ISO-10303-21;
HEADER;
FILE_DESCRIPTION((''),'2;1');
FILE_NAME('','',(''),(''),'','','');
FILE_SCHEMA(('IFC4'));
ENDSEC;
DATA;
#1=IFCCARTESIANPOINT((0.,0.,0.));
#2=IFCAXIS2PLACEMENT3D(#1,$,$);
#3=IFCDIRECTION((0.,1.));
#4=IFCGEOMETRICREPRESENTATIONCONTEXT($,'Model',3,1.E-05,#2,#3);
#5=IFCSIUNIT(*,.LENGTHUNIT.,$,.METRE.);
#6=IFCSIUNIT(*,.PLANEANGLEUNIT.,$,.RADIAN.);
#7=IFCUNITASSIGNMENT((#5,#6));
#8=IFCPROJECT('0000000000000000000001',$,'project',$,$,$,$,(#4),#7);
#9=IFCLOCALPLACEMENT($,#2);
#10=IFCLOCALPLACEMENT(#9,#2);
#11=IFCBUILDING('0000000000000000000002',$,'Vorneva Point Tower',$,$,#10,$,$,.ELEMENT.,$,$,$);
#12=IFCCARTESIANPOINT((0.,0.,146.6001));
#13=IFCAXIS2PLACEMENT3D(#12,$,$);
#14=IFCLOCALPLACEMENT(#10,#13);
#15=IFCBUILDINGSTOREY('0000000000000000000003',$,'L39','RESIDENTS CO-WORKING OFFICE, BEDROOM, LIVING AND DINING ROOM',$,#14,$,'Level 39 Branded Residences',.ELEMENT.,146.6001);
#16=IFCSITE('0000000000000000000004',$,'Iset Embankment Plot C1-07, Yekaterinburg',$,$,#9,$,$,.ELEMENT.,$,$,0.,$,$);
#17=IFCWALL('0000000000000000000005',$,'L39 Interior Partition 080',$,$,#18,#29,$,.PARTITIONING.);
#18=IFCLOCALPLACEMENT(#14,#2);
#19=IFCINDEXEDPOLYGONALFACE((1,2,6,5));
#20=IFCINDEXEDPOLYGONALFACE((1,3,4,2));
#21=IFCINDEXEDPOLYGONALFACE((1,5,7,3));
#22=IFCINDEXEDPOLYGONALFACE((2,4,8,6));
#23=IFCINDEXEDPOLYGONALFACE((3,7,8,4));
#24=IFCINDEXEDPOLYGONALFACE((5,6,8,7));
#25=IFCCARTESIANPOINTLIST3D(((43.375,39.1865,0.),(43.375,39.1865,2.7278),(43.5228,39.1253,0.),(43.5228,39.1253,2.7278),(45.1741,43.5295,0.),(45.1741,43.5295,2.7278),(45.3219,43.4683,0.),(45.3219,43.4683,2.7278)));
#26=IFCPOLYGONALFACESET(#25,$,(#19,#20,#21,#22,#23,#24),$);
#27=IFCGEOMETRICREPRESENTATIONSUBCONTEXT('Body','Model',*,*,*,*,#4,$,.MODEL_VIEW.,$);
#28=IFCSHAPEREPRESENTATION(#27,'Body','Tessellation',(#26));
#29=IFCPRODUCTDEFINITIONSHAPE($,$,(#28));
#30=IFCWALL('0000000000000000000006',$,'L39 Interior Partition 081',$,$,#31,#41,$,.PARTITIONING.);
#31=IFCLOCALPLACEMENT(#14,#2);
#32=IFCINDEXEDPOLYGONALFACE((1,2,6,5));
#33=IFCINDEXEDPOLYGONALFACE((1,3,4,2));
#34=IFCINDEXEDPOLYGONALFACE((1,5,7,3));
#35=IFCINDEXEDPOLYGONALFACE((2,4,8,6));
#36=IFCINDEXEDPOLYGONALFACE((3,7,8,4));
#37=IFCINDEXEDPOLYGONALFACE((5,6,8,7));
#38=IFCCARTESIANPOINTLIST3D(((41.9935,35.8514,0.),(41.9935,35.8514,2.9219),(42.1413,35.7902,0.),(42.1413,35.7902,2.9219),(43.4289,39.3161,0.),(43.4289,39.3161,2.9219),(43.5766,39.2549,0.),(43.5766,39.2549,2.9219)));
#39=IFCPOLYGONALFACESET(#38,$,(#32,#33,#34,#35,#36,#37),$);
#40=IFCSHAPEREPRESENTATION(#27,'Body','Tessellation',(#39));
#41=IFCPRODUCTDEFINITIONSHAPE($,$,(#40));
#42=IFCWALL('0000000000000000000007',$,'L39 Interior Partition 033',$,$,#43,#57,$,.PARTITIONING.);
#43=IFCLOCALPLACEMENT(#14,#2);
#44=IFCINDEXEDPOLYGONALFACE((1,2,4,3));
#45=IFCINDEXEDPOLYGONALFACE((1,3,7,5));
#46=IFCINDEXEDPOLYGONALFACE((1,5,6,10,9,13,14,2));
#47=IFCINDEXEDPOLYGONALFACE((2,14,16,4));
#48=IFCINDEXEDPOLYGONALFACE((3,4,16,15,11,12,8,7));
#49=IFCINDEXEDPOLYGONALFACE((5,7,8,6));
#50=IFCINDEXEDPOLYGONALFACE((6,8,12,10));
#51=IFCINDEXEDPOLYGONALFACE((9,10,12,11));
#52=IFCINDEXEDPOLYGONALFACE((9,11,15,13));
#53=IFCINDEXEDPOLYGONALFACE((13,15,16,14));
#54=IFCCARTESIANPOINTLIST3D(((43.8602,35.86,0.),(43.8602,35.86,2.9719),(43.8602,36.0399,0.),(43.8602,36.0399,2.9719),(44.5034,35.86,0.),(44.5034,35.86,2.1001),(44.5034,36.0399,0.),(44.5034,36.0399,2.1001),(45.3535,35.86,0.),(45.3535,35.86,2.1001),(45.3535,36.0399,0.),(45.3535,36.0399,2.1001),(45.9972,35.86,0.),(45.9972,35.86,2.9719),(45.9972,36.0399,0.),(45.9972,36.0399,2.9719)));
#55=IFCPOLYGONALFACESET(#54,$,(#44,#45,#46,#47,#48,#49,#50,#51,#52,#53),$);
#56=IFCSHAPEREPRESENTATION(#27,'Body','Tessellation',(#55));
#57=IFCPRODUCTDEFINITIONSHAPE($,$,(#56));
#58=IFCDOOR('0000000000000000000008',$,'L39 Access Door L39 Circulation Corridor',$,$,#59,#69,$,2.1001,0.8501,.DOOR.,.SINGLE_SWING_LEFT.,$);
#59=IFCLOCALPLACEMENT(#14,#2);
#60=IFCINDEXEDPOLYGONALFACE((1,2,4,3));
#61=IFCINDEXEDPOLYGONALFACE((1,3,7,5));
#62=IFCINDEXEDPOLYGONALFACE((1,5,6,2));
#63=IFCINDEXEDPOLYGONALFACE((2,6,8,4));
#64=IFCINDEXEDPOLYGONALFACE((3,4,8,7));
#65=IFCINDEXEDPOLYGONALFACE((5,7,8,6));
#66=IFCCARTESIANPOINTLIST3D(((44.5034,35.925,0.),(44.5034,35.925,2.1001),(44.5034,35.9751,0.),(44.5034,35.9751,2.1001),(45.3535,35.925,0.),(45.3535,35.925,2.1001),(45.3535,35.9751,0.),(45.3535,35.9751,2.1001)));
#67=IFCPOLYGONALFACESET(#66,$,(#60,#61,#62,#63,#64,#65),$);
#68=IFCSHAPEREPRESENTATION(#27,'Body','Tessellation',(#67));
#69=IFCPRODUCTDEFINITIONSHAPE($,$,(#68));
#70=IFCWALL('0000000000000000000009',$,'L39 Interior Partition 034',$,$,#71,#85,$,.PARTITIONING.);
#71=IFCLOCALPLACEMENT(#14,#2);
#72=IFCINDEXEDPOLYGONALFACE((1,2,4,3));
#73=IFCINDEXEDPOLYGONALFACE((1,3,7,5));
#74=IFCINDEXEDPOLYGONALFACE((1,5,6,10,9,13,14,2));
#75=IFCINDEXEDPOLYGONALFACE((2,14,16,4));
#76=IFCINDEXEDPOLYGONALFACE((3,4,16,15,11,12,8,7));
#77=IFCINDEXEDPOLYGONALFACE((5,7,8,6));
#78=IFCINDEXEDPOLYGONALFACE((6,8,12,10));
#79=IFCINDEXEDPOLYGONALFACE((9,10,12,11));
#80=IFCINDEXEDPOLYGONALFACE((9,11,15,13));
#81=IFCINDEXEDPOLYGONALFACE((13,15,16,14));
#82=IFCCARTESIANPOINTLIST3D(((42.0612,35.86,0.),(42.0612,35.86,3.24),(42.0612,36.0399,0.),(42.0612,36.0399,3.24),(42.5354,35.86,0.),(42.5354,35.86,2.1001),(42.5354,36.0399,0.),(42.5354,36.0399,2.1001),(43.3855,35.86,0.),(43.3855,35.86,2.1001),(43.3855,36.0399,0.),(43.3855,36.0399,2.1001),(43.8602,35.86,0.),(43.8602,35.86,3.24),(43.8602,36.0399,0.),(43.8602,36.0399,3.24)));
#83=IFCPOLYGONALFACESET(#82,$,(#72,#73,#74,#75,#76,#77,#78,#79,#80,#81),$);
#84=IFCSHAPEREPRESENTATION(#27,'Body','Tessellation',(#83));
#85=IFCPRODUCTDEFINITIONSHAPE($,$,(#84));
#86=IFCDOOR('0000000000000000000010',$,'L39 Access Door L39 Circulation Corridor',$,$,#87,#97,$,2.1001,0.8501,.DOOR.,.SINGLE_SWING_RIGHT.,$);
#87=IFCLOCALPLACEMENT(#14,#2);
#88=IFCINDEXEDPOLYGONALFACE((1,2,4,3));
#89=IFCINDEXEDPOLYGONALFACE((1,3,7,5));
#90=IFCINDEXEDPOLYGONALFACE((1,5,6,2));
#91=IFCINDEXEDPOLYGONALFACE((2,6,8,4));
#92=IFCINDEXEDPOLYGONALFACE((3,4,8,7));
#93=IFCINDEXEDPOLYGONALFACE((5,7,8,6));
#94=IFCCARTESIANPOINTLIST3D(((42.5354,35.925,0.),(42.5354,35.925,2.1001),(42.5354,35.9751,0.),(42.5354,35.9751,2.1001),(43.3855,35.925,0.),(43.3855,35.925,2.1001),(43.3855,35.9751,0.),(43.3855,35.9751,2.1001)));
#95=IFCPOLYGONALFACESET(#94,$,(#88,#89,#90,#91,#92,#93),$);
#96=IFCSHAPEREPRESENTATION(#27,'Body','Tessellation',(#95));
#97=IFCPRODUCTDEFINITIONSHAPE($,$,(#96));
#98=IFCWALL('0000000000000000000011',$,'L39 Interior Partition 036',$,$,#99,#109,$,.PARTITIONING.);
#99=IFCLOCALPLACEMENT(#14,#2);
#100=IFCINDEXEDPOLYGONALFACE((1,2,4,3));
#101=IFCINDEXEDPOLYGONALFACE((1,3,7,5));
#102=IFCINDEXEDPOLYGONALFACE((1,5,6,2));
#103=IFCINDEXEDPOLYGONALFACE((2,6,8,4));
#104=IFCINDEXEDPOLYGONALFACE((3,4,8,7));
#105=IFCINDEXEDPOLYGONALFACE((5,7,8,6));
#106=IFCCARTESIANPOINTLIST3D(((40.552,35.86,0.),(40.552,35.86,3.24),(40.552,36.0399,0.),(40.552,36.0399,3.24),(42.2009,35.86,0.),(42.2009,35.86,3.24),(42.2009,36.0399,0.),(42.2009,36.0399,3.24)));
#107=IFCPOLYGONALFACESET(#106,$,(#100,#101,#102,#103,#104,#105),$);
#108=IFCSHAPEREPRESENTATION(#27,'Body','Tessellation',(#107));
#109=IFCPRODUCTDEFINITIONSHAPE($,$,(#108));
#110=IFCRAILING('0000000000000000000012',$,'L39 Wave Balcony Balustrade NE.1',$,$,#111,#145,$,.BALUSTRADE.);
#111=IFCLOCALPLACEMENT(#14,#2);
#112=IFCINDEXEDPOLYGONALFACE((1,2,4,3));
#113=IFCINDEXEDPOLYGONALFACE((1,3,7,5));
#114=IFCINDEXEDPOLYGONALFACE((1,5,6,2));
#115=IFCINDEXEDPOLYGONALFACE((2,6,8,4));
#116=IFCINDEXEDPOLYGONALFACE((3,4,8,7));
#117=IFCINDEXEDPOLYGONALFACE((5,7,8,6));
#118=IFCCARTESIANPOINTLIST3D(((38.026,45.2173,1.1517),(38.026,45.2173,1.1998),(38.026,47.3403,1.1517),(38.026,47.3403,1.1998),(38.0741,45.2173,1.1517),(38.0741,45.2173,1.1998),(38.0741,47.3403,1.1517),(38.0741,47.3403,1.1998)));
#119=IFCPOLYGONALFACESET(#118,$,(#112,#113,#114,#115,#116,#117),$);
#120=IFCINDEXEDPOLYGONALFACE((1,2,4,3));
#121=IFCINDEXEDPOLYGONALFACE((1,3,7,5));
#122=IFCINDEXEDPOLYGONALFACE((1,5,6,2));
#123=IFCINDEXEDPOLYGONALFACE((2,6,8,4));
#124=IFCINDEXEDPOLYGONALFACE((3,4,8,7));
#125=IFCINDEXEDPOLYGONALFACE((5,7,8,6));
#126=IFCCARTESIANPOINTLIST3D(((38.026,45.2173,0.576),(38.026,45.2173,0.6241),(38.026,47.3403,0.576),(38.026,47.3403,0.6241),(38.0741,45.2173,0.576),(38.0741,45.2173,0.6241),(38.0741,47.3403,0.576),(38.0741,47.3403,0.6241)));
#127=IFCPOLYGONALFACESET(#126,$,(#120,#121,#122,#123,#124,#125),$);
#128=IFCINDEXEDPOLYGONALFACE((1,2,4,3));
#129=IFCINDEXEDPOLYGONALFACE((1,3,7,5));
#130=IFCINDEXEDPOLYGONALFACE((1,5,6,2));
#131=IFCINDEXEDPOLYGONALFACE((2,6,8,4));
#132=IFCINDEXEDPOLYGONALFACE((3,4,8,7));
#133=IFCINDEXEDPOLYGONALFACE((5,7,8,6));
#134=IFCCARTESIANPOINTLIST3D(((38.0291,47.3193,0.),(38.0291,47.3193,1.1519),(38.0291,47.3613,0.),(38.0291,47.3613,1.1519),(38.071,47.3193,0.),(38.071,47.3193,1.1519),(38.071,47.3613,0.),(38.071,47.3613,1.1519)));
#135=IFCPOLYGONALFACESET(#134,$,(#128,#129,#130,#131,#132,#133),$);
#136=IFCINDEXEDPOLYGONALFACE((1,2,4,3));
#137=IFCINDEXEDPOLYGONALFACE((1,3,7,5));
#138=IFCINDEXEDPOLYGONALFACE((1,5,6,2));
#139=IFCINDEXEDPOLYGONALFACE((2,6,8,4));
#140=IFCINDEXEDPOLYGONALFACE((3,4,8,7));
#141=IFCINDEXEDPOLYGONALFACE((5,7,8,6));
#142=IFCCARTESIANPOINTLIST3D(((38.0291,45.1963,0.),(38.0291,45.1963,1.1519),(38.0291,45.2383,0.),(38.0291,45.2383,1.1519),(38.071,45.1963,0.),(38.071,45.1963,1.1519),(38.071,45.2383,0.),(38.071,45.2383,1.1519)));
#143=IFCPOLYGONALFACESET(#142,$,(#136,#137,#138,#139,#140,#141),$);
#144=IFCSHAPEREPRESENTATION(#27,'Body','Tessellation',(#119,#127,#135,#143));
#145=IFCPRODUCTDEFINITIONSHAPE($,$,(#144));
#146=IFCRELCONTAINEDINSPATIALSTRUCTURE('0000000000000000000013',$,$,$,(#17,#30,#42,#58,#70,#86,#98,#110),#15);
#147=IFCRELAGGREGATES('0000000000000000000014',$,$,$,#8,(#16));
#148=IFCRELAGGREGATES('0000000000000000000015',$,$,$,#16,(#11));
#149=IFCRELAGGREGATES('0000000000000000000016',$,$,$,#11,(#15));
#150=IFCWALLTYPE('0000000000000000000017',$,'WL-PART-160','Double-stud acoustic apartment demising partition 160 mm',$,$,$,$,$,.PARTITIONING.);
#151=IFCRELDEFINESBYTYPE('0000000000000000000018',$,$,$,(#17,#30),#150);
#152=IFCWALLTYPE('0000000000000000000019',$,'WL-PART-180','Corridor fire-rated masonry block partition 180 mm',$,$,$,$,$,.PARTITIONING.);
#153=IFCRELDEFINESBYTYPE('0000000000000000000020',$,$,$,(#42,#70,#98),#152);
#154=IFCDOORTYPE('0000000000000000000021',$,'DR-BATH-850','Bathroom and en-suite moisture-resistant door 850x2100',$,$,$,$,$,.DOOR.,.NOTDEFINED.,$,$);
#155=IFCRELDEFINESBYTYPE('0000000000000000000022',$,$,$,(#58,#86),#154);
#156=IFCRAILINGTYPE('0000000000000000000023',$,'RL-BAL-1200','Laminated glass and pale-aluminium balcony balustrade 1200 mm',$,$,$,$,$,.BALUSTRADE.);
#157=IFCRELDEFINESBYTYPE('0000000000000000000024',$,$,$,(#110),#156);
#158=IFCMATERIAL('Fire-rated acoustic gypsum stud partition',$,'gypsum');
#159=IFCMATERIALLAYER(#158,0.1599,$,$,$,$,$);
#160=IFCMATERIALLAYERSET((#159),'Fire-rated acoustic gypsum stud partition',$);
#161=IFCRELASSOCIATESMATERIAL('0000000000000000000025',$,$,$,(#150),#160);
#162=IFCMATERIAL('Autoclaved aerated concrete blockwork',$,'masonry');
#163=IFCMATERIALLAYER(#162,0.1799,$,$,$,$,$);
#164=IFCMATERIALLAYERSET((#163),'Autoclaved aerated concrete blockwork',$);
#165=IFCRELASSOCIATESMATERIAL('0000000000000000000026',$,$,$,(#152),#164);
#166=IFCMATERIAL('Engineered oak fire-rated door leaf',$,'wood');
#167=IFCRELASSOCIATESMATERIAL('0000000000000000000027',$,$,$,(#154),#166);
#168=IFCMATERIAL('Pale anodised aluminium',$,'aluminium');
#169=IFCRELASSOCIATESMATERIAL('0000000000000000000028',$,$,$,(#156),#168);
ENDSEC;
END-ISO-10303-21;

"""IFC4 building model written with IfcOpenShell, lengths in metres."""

from ifc_helpers import new_model, si_unit, direction, frame, frame_2d, origin, origin_2d, place, context, subcontext, project, spatial, rectangle, extrude, material, layer, layer_set, type_object, element, fill, save


model = new_model("IFC4")

# Units and contexts
model_context = context("Model", 3, precision=1e-05, world=origin(), true_north=direction((0.0, 1.0)))
body_context = subcontext(model_context, "Body", "Model", "MODEL_VIEW")
ifc_project = project(units=[si_unit("LENGTHUNIT", "METRE"), si_unit("PLANEANGLEUNIT", "RADIAN")], contexts=[model_context])

# Site, building, storey
site_placement = place(None, origin())
site = spatial("IfcSite", under=ifc_project, at=site_placement, Name="Iset Embankment Plot C1-07, Yekaterinburg", CompositionType="ELEMENT", RefElevation=0.0)
building_placement = place(site_placement, origin())
building = spatial("IfcBuilding", under=site, at=building_placement, Name="Vorneva Point Tower", CompositionType="ELEMENT")
storey_placement = place(building_placement, frame((0.0, 0.0, 146.6001)))
storey = spatial("IfcBuildingStorey", under=building, at=storey_placement, Name="L39", Description="RESIDENTS CO-WORKING OFFICE, BEDROOM, LIVING AND DINING ROOM", LongName="Level 39 Branded Residences", CompositionType="ELEMENT", Elevation=146.6001)

# Shared definitions
ifc_material_1 = material(Name="Pale anodised aluminium", Category="aluminium")

# Shared definitions
ifc_material_2 = material(Name="Fire-rated acoustic gypsum stud partition", Category="gypsum")

# Shared definitions
ifc_material_3 = material(Name="Engineered oak fire-rated door leaf", Category="wood")

# Walls
ifc_layer_1 = layer(ifc_material_2, 0.1599)
ifc_layer_set_1 = layer_set([ifc_layer_1], Name="Fire-rated acoustic gypsum stud partition")
wall_type_1 = type_object("IfcWallType", Name="WL-PART-160", Description="Double-stud acoustic apartment demising partition 160 mm", PredefinedType="PARTITIONING", material=ifc_layer_set_1)
wall_1_placement = place(storey_placement, frame((45.248, 43.499, 0.0), z_axis=(0.0, 0.0, 1.0), x_axis=(-0.382708, -0.923869, 0.0)))
element("IfcWall", 1, at=wall_1_placement, inside=storey, type_object=wall_type_1, Name="L39 Interior Partition 080", PredefinedType="PARTITIONING", context=body_context, shape_type="SweptSolid", body=[
    extrude(rectangle(XDim=4.7009, YDim=0.1599, at=frame_2d((2.3506, 0.0))), origin(), (0.0, 0.0, 1.0), 2.7278),
])
wall_2_placement = place(storey_placement, frame((43.5027, 39.2854, 0.0), z_axis=(0.0, 0.0, 1.0), x_axis=(-0.382733, -0.923859, 0.0)))
element("IfcWall", 2, at=wall_2_placement, inside=storey, type_object=wall_type_1, Name="L39 Interior Partition 081", PredefinedType="PARTITIONING", context=body_context, shape_type="SweptSolid", body=[
    extrude(rectangle(XDim=3.7502, YDim=0.1599, at=frame_2d((1.875, 0.0))), origin(), (0.0, 0.0, 1.0), 2.9219),
])

# Walls, openings, doors
ifc_material_4 = material(Name="Autoclaved aerated concrete blockwork", Category="masonry")
ifc_layer_2 = layer(ifc_material_4, 0.1799)
ifc_layer_set_2 = layer_set([ifc_layer_2], Name="Autoclaved aerated concrete blockwork")
wall_type_2 = type_object("IfcWallType", Name="WL-PART-180", Description="Corridor fire-rated masonry block partition 180 mm", PredefinedType="PARTITIONING", material=ifc_layer_set_2)
wall_3_placement = place(storey_placement, frame((45.9971, 35.95, 0.0), z_axis=(0.0, 0.0, 1.0), x_axis=(-1.0, 0.0, 0.0)))
wall_3 = element("IfcWall", 3, at=wall_3_placement, inside=storey, type_object=wall_type_2, Name="L39 Interior Partition 033", PredefinedType="PARTITIONING", context=body_context, shape_type="SweptSolid", body=[
    extrude(rectangle(XDim=2.137, YDim=0.1799, at=frame_2d((1.0684, 0.0))), origin(), (0.0, 0.0, 1.0), 2.9719),
])
opening_1_placement = place(wall_3_placement, frame((0.6436, 0.0, 0.0)))
opening_1 = element("IfcOpeningElement", 4, at=opening_1_placement, cuts=wall_3, PredefinedType="OPENING", context=body_context, shape_type="SweptSolid", body=[
    extrude(rectangle(XDim=0.8501, YDim=2.1001, at=frame_2d((0.425, 1.05))), frame((0.0, 0.105, 0.0), z_axis=(0.0, -1.0, 0.0), x_axis=(1.0, 0.0, 0.0)), (0.0, 0.0, 1.0), 0.2097),
])
door_type_1 = type_object("IfcDoorType", Name="DR-BATH-850", Description="Bathroom and en-suite moisture-resistant door 850x2100", OperationType="NOTDEFINED", PredefinedType="DOOR", material=ifc_material_3)
door_1_placement = place(opening_1_placement, origin())
door_1 = element("IfcDoor", 5, at=door_1_placement, inside=storey, type_object=door_type_1, Name="L39 Access Door L39 Circulation Corridor", OperationType="SINGLE_SWING_LEFT", OverallHeight=2.1001, OverallWidth=0.8501, PredefinedType="DOOR", context=body_context, shape_type="SweptSolid", body=[
    extrude(rectangle(XDim=0.8501, YDim=2.1001, at=frame_2d((0.425, 1.05))), frame((0.0, 0.0249, 0.0), z_axis=(0.0, -1.0, 0.0), x_axis=(1.0, 0.0, 0.0)), (0.0, 0.0, 1.0), 0.05),
])
fill(opening_1, door_1)
wall_4_placement = place(storey_placement, frame((43.8601, 35.95, 0.0), z_axis=(0.0, 0.0, 1.0), x_axis=(-1.0, 0.0, 0.0)))
wall_4 = element("IfcWall", 6, at=wall_4_placement, inside=storey, type_object=wall_type_2, Name="L39 Interior Partition 034", PredefinedType="PARTITIONING", context=body_context, shape_type="SweptSolid", body=[
    extrude(rectangle(XDim=1.7991, YDim=0.1799, at=frame_2d((0.8994, 0.0))), origin(), (0.0, 0.0, 1.0), 3.24),
])
opening_2_placement = place(wall_4_placement, frame((0.4746, 0.0, 0.0)))
opening_2 = element("IfcOpeningElement", 7, at=opening_2_placement, cuts=wall_4, PredefinedType="OPENING", context=body_context, shape_type="SweptSolid", body=[
    extrude(rectangle(XDim=0.8501, YDim=2.1001, at=frame_2d((0.425, 1.05))), frame((0.0, 0.105, 0.0), z_axis=(0.0, -1.0, 0.0), x_axis=(1.0, 0.0, 0.0)), (0.0, 0.0, 1.0), 0.2097),
])
door_2_placement = place(opening_2_placement, origin())
door_2 = element("IfcDoor", 8, at=door_2_placement, inside=storey, type_object=door_type_1, Name="L39 Access Door L39 Circulation Corridor", OperationType="SINGLE_SWING_RIGHT", OverallHeight=2.1001, OverallWidth=0.8501, PredefinedType="DOOR", context=body_context, shape_type="SweptSolid", body=[
    extrude(rectangle(XDim=0.8501, YDim=2.1001, at=frame_2d((0.425, 1.05))), frame((0.0, 0.0249, 0.0), z_axis=(0.0, -1.0, 0.0), x_axis=(1.0, 0.0, 0.0)), (0.0, 0.0, 1.0), 0.05),
])
fill(opening_2, door_2)

# Wall
wall_5_placement = place(storey_placement, frame((42.2009, 35.95, 0.0), z_axis=(0.0, 0.0, 1.0), x_axis=(-1.0, 0.0, 0.0)))
element("IfcWall", 9, at=wall_5_placement, inside=storey, type_object=wall_type_2, Name="L39 Interior Partition 036", PredefinedType="PARTITIONING", context=body_context, shape_type="SweptSolid", body=[
    extrude(rectangle(XDim=1.6489, YDim=0.1799, at=frame_2d((0.8245, 0.0))), origin(), (0.0, 0.0, 1.0), 3.24),
])

# Railing
railing_type = type_object("IfcRailingType", Name="RL-BAL-1200", Description="Laminated glass and pale-aluminium balcony balustrade 1200 mm", PredefinedType="BALUSTRADE", material=ifc_material_1)
railing_placement = place(storey_placement, frame((38.05, 47.3403, 0.0)))
element("IfcRailing", 10, at=railing_placement, inside=storey, type_object=railing_type, Name="L39 Wave Balcony Balustrade NE.1", PredefinedType="BALUSTRADE", context=body_context, shape_type="SweptSolid", body=[
    extrude(rectangle(XDim=0.0481, YDim=0.0481, at=origin_2d()), frame((0.0, 0.0, 1.1758), z_axis=(0.0, -1.0, 0.0), x_axis=(1.0, 0.0, 0.0)), (0.0, 0.0, 1.0), 2.123),
    extrude(rectangle(XDim=0.0481, YDim=0.0481, at=origin_2d()), frame((0.0, 0.0, 0.6001), z_axis=(0.0, -1.0, 0.0), x_axis=(1.0, 0.0, 0.0)), (0.0, 0.0, 1.0), 2.123),
    extrude(rectangle(XDim=0.042, YDim=0.042, at=origin_2d()), origin(), (0.0, 0.0, 1.0), 1.1519),
    extrude(rectangle(XDim=0.042, YDim=0.042, at=origin_2d()), frame((0.0, -2.123, 0.0)), (0.0, 0.0, 1.0), 1.1519),
])

save(model, "model.ifc")
